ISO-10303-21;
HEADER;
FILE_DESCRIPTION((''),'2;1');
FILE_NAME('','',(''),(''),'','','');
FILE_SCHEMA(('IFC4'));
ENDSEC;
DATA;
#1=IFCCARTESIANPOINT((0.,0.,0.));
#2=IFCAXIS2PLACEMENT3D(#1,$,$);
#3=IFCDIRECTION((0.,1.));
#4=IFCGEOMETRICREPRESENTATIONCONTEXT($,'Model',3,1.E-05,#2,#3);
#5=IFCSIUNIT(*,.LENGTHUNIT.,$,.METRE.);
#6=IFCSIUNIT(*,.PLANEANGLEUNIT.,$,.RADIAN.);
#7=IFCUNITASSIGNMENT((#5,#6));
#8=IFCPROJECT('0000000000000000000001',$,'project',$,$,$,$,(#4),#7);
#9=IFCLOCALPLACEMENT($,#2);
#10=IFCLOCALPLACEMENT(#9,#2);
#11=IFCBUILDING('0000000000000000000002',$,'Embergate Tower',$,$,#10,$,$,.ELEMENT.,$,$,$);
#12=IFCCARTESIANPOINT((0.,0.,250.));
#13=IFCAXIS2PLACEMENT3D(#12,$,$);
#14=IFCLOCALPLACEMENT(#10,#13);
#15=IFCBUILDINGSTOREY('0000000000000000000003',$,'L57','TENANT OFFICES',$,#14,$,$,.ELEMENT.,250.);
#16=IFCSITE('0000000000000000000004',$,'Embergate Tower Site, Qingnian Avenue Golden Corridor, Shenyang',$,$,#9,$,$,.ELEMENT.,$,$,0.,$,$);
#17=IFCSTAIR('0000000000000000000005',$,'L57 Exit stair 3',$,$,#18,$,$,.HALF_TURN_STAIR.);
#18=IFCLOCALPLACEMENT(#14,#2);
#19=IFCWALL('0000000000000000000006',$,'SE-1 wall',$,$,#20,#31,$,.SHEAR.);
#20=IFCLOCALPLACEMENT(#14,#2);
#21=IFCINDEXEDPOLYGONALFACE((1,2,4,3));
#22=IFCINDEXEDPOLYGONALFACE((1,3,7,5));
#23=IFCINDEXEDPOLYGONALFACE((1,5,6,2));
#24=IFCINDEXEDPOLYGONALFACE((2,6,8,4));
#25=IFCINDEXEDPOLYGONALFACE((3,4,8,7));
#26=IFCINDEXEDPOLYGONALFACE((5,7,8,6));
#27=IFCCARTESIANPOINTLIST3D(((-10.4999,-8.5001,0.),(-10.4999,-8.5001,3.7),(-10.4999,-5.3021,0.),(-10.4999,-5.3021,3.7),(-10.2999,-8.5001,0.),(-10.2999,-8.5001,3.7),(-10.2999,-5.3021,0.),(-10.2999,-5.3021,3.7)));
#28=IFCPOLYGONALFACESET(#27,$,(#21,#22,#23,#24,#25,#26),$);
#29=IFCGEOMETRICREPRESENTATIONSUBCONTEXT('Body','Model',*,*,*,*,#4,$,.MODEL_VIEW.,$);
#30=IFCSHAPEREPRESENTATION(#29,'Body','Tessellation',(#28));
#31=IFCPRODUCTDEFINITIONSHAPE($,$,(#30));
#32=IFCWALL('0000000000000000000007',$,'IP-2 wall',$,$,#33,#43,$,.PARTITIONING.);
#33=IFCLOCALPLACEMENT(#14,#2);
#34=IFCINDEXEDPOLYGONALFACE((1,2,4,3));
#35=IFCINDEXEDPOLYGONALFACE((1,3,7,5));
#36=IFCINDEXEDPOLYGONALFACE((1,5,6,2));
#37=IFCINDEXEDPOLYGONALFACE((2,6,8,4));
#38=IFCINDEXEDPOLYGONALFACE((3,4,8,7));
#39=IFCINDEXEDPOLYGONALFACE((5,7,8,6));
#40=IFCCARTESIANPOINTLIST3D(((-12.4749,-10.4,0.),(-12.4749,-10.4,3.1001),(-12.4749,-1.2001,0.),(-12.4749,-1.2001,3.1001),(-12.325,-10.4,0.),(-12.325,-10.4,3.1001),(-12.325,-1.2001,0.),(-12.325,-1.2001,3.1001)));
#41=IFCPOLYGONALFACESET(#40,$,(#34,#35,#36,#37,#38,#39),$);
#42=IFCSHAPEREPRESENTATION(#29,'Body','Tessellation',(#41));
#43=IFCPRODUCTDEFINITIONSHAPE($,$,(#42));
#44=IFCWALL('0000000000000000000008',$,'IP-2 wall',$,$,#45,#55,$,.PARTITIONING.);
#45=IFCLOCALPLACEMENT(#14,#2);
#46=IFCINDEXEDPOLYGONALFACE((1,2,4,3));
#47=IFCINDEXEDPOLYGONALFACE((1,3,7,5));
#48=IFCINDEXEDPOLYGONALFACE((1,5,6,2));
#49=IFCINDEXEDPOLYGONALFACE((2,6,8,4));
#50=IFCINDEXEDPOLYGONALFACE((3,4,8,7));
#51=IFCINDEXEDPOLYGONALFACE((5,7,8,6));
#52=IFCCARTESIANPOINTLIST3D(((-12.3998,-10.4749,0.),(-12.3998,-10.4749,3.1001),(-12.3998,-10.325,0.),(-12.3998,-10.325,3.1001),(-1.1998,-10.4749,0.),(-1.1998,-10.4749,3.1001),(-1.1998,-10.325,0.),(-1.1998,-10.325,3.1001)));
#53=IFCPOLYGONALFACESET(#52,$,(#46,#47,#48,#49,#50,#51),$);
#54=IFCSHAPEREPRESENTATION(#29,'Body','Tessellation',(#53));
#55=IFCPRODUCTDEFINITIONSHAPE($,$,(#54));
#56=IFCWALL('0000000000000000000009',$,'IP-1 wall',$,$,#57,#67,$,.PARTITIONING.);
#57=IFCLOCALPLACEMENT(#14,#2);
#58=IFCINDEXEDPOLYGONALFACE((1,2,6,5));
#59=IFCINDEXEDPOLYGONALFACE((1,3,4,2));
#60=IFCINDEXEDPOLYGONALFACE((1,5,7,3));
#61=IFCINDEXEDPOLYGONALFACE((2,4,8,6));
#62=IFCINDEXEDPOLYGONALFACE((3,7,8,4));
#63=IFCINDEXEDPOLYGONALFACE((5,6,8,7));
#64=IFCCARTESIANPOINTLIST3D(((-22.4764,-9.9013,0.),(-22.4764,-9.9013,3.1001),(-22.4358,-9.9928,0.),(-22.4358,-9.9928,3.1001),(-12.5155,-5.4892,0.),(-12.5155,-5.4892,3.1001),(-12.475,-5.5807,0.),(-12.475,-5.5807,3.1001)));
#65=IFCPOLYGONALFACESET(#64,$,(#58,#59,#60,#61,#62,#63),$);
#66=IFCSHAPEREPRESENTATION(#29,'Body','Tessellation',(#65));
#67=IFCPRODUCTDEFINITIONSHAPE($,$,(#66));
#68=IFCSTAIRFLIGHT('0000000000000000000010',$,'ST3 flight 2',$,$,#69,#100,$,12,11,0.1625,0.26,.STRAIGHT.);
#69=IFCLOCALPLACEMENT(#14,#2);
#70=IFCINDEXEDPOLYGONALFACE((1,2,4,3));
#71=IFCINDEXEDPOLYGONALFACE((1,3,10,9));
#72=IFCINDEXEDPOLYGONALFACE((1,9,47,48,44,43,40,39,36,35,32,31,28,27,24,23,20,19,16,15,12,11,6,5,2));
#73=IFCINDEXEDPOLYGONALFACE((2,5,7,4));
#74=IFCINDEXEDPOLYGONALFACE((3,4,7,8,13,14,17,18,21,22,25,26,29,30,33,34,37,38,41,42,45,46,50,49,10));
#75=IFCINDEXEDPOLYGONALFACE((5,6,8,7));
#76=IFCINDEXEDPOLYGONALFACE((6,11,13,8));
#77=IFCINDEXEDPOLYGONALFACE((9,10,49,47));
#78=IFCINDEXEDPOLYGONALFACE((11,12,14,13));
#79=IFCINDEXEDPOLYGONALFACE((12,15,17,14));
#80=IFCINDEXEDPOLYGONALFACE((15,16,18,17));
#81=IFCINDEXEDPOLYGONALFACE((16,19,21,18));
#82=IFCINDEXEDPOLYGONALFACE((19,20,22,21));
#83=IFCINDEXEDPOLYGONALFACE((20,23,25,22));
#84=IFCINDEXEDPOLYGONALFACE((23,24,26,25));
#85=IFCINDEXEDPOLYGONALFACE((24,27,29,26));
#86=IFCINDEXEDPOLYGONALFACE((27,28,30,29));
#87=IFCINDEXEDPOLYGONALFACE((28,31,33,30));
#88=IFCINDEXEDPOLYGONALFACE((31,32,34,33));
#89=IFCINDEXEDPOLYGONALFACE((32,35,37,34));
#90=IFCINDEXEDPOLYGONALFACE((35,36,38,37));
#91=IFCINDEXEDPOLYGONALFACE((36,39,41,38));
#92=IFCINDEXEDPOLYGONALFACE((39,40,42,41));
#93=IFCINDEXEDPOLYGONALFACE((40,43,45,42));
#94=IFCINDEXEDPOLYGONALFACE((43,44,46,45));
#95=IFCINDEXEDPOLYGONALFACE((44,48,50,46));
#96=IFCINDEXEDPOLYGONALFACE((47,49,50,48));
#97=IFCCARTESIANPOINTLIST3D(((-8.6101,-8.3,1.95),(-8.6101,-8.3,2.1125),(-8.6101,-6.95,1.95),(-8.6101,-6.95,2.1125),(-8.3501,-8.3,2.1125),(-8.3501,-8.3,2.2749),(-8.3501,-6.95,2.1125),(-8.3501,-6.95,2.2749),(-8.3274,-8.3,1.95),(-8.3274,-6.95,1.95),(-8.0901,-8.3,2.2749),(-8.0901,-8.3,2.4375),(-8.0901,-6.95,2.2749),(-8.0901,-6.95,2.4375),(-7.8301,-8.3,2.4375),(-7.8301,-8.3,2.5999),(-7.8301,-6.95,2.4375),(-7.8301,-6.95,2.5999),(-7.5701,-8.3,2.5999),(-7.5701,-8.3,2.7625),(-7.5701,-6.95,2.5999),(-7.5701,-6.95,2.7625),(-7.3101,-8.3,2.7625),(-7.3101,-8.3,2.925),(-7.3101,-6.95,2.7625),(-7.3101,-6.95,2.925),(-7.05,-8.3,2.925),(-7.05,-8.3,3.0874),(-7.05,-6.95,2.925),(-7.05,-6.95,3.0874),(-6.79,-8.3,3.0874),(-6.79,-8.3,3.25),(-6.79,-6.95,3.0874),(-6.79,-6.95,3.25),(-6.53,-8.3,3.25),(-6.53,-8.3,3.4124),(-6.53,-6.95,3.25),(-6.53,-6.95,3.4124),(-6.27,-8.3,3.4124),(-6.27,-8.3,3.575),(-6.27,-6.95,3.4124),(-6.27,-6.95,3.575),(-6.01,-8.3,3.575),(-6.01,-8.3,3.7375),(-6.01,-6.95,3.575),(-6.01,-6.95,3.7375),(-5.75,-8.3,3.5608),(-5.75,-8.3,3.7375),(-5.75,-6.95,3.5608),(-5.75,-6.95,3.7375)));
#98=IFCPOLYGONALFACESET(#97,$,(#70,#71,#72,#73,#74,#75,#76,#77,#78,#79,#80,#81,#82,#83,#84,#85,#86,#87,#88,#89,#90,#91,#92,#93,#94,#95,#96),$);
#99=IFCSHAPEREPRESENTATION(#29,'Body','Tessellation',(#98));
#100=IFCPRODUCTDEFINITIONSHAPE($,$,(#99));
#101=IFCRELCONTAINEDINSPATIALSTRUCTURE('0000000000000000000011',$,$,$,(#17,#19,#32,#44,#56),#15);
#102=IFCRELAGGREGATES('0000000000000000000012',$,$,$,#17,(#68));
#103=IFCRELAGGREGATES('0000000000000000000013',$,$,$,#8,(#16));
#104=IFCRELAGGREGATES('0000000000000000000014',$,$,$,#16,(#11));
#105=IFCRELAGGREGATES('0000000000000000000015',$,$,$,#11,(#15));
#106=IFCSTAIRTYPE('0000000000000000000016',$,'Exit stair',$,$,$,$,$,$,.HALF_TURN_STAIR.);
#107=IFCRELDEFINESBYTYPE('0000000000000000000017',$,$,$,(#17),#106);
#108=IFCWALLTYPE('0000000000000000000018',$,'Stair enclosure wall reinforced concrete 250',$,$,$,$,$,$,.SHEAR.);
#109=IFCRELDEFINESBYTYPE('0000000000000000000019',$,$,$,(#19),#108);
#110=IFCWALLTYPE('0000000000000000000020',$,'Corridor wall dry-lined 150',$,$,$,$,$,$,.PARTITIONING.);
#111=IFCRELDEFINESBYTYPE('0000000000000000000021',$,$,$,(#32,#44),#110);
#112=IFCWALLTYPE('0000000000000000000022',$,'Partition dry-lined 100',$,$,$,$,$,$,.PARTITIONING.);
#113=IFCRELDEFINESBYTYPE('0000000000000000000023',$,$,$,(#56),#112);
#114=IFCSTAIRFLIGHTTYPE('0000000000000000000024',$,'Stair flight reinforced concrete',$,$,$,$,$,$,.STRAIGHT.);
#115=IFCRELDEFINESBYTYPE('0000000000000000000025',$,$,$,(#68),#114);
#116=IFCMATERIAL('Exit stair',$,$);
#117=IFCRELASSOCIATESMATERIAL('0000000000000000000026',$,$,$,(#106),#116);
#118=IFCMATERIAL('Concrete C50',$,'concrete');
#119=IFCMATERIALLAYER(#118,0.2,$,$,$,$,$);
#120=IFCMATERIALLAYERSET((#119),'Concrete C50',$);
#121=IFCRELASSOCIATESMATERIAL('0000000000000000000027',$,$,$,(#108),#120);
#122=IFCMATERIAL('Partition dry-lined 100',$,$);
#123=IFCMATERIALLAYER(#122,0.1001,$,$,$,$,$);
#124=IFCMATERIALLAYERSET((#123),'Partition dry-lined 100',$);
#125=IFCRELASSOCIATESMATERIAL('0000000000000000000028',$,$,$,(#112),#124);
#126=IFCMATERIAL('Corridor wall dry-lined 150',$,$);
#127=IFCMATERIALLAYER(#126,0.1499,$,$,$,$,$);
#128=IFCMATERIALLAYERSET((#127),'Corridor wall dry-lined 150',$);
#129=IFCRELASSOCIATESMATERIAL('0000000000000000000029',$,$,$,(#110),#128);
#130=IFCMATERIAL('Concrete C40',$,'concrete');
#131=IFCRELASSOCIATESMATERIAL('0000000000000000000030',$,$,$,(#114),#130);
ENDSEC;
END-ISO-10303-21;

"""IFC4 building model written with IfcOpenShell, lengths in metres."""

from ifc_helpers import new_model, si_unit, direction, frame, frame_2d, origin, place, context, subcontext, project, spatial, polyline, rectangle, outline, extrude, source, transform, mapped, material, layer, layer_set, type_object, element, aggregate, save


model = new_model("IFC4")

# Units and contexts
model_context = context("Model", 3, precision=1e-05, world=origin(), true_north=direction((0.0, 1.0)))
body_context = subcontext(model_context, "Body", "Model", "MODEL_VIEW")
ifc_project = project(units=[si_unit("LENGTHUNIT", "METRE"), si_unit("PLANEANGLEUNIT", "RADIAN")], contexts=[model_context])

# Site, building, storey
site_placement = place(None, origin())
site = spatial("IfcSite", under=ifc_project, at=site_placement, Name="Embergate Tower Site, Qingnian Avenue Golden Corridor, Shenyang", CompositionType="ELEMENT", RefElevation=0.0)
building_placement = place(site_placement, origin())
building = spatial("IfcBuilding", under=site, at=building_placement, Name="Embergate Tower", CompositionType="ELEMENT")
storey_placement = place(building_placement, frame((0.0, 0.0, 250.0)))
storey = spatial("IfcBuildingStorey", under=building, at=storey_placement, Name="L57", Description="TENANT OFFICES", CompositionType="ELEMENT", Elevation=250.0)

# Stair
ifc_material_1 = material(Name="Exit stair")
stair_type = type_object("IfcStairType", Name="Exit stair", PredefinedType="HALF_TURN_STAIR", material=ifc_material_1)
stair_placement = place(storey_placement, origin())
stair = element("IfcStair", 1, at=stair_placement, inside=storey, type_object=stair_type, Name="L57 Exit stair 3", PredefinedType="HALF_TURN_STAIR")
ifc_material_2 = material(Name="Concrete C40", Category="concrete")

# Shared definitions
ifc_material_3 = material(Name="Concrete C50", Category="concrete")

# Shared definitions
ifc_layer_1 = layer(ifc_material_3, 0.2)
ifc_layer_set_1 = layer_set([ifc_layer_1], Name="Concrete C50")
wall_type_1 = type_object("IfcWallType", Name="Stair enclosure wall reinforced concrete 250", PredefinedType="SHEAR", material=ifc_layer_set_1)

# Walls
ifc_material_4 = material(Name="Partition dry-lined 100")
ifc_layer_2 = layer(ifc_material_4, 0.1001)
ifc_layer_set_2 = layer_set([ifc_layer_2], Name="Partition dry-lined 100")
wall_type_2 = type_object("IfcWallType", Name="Partition dry-lined 100", PredefinedType="PARTITIONING", material=ifc_layer_set_2)
shared_shape_1 = source(origin(), body_context, "Body", "SweptSolid", [
    extrude(rectangle(XDim=3.198, YDim=0.2, at=frame_2d((1.5991, 0.0))), origin(), (0.0, 0.0, 1.0), 3.7),
])
wall_1_placement = place(storey_placement, frame((-10.3999, -5.302, 0.0), z_axis=(0.0, 0.0, 1.0), x_axis=(0.0, -1.0, 0.0)))
element("IfcWall", 2, at=wall_1_placement, inside=storey, type_object=wall_type_1, Name="SE-1 wall", PredefinedType="SHEAR", context=body_context, shape_type="MappedRepresentation", body=[
    mapped(shared_shape_1, transform((0.0, 0.0, 0.0))),
])
ifc_material_5 = material(Name="Corridor wall dry-lined 150")
ifc_layer_3 = layer(ifc_material_5, 0.1499)
ifc_layer_set_3 = layer_set([ifc_layer_3], Name="Corridor wall dry-lined 150")
wall_type_3 = type_object("IfcWallType", Name="Corridor wall dry-lined 150", PredefinedType="PARTITIONING", material=ifc_layer_set_3)
shared_shape_2 = source(origin(), body_context, "Body", "SweptSolid", [
    extrude(rectangle(XDim=9.2, YDim=0.1499, at=frame_2d((4.6001, 0.0))), origin(), (0.0, 0.0, 1.0), 3.1001),
])
wall_2_placement = place(storey_placement, frame((-12.3999, -1.2, 0.0), z_axis=(0.0, 0.0, 1.0), x_axis=(0.0, -1.0, 0.0)))
element("IfcWall", 3, at=wall_2_placement, inside=storey, type_object=wall_type_3, Name="IP-2 wall", PredefinedType="PARTITIONING", context=body_context, shape_type="MappedRepresentation", body=[
    mapped(shared_shape_2, transform((0.0, 0.0, 0.0))),
])
shared_shape_3 = source(origin(), body_context, "Body", "SweptSolid", [
    extrude(rectangle(XDim=11.2, YDim=0.1499, at=frame_2d((5.6001, 0.0))), origin(), (0.0, 0.0, 1.0), 3.1001),
])
wall_3_placement = place(storey_placement, frame((-12.3999, -10.3999, 0.0), z_axis=(0.0, 0.0, 1.0), x_axis=(1.0, 0.0, 0.0)))
element("IfcWall", 4, at=wall_3_placement, inside=storey, type_object=wall_type_3, Name="IP-2 wall", PredefinedType="PARTITIONING", context=body_context, shape_type="MappedRepresentation", body=[
    mapped(shared_shape_3, transform((0.0, 0.0, 0.0))),
])
shared_shape_4 = source(origin(), body_context, "Body", "SweptSolid", [
    extrude(rectangle(XDim=10.8943, YDim=0.1001, at=frame_2d((5.4473, 0.0))), origin(), (0.0, 0.0, 1.0), 3.1001),
])
wall_4_placement = place(storey_placement, frame((-12.4951, -5.5349, 0.0), z_axis=(0.0, 0.0, 1.0), x_axis=(-0.914321, -0.40499, 0.0)))
element("IfcWall", 5, at=wall_4_placement, inside=storey, type_object=wall_type_2, Name="IP-1 wall", PredefinedType="PARTITIONING", context=body_context, shape_type="MappedRepresentation", body=[
    mapped(shared_shape_4, transform((0.0, 0.0, 0.0))),
])

# Stair flight
stair_flight_type = type_object("IfcStairFlightType", Name="Stair flight reinforced concrete", PredefinedType="STRAIGHT", material=ifc_material_2)
shared_shape_5 = source(origin(), body_context, "Body", "SweptSolid", [
    extrude(outline(polyline([(0.0, 0.0), (0.0, 0.1626), (0.26, 0.1626), (0.26, 0.325), (0.52, 0.325), (0.52, 0.4875), (0.78, 0.4875), (0.78, 0.6499), (1.04, 0.6499), (1.04, 0.8125), (1.3, 0.8125), (1.3, 0.9751), (1.5601, 0.9751), (1.5601, 1.1375), (1.8201, 1.1375), (1.8201, 1.3), (2.0801, 1.3), (2.0801, 1.4624), (2.3401, 1.4624), (2.3401, 1.625), (2.6001, 1.625), (2.6001, 1.7876), (2.8601, 1.7876), (2.8601, 1.95), (2.8601, 1.6108), (0.2827, 0.0), (0.0, 0.0)])), frame((0.0, 0.675, 0.0), z_axis=(0.0, -1.0, 0.0), x_axis=(1.0, 0.0, 0.0)), (0.0, 0.0, 1.0), 1.3501),
])
stair_flight_placement = place(storey_placement, frame((-8.6101, -7.625, 1.95), z_axis=(0.0, 0.0, 1.0), x_axis=(1.0, 0.0, 0.0)))
stair_flight = element("IfcStairFlight", 6, at=stair_flight_placement, type_object=stair_flight_type, Name="ST3 flight 2", NumberOfRisers=12, NumberOfTreads=11, PredefinedType="STRAIGHT", RiserHeight=0.1625, TreadLength=0.26, context=body_context, shape_type="MappedRepresentation", body=[
    mapped(shared_shape_5, transform((0.0, 0.0, 0.0))),
])
aggregate(stair, [stair_flight])

save(model, "model.ifc")
